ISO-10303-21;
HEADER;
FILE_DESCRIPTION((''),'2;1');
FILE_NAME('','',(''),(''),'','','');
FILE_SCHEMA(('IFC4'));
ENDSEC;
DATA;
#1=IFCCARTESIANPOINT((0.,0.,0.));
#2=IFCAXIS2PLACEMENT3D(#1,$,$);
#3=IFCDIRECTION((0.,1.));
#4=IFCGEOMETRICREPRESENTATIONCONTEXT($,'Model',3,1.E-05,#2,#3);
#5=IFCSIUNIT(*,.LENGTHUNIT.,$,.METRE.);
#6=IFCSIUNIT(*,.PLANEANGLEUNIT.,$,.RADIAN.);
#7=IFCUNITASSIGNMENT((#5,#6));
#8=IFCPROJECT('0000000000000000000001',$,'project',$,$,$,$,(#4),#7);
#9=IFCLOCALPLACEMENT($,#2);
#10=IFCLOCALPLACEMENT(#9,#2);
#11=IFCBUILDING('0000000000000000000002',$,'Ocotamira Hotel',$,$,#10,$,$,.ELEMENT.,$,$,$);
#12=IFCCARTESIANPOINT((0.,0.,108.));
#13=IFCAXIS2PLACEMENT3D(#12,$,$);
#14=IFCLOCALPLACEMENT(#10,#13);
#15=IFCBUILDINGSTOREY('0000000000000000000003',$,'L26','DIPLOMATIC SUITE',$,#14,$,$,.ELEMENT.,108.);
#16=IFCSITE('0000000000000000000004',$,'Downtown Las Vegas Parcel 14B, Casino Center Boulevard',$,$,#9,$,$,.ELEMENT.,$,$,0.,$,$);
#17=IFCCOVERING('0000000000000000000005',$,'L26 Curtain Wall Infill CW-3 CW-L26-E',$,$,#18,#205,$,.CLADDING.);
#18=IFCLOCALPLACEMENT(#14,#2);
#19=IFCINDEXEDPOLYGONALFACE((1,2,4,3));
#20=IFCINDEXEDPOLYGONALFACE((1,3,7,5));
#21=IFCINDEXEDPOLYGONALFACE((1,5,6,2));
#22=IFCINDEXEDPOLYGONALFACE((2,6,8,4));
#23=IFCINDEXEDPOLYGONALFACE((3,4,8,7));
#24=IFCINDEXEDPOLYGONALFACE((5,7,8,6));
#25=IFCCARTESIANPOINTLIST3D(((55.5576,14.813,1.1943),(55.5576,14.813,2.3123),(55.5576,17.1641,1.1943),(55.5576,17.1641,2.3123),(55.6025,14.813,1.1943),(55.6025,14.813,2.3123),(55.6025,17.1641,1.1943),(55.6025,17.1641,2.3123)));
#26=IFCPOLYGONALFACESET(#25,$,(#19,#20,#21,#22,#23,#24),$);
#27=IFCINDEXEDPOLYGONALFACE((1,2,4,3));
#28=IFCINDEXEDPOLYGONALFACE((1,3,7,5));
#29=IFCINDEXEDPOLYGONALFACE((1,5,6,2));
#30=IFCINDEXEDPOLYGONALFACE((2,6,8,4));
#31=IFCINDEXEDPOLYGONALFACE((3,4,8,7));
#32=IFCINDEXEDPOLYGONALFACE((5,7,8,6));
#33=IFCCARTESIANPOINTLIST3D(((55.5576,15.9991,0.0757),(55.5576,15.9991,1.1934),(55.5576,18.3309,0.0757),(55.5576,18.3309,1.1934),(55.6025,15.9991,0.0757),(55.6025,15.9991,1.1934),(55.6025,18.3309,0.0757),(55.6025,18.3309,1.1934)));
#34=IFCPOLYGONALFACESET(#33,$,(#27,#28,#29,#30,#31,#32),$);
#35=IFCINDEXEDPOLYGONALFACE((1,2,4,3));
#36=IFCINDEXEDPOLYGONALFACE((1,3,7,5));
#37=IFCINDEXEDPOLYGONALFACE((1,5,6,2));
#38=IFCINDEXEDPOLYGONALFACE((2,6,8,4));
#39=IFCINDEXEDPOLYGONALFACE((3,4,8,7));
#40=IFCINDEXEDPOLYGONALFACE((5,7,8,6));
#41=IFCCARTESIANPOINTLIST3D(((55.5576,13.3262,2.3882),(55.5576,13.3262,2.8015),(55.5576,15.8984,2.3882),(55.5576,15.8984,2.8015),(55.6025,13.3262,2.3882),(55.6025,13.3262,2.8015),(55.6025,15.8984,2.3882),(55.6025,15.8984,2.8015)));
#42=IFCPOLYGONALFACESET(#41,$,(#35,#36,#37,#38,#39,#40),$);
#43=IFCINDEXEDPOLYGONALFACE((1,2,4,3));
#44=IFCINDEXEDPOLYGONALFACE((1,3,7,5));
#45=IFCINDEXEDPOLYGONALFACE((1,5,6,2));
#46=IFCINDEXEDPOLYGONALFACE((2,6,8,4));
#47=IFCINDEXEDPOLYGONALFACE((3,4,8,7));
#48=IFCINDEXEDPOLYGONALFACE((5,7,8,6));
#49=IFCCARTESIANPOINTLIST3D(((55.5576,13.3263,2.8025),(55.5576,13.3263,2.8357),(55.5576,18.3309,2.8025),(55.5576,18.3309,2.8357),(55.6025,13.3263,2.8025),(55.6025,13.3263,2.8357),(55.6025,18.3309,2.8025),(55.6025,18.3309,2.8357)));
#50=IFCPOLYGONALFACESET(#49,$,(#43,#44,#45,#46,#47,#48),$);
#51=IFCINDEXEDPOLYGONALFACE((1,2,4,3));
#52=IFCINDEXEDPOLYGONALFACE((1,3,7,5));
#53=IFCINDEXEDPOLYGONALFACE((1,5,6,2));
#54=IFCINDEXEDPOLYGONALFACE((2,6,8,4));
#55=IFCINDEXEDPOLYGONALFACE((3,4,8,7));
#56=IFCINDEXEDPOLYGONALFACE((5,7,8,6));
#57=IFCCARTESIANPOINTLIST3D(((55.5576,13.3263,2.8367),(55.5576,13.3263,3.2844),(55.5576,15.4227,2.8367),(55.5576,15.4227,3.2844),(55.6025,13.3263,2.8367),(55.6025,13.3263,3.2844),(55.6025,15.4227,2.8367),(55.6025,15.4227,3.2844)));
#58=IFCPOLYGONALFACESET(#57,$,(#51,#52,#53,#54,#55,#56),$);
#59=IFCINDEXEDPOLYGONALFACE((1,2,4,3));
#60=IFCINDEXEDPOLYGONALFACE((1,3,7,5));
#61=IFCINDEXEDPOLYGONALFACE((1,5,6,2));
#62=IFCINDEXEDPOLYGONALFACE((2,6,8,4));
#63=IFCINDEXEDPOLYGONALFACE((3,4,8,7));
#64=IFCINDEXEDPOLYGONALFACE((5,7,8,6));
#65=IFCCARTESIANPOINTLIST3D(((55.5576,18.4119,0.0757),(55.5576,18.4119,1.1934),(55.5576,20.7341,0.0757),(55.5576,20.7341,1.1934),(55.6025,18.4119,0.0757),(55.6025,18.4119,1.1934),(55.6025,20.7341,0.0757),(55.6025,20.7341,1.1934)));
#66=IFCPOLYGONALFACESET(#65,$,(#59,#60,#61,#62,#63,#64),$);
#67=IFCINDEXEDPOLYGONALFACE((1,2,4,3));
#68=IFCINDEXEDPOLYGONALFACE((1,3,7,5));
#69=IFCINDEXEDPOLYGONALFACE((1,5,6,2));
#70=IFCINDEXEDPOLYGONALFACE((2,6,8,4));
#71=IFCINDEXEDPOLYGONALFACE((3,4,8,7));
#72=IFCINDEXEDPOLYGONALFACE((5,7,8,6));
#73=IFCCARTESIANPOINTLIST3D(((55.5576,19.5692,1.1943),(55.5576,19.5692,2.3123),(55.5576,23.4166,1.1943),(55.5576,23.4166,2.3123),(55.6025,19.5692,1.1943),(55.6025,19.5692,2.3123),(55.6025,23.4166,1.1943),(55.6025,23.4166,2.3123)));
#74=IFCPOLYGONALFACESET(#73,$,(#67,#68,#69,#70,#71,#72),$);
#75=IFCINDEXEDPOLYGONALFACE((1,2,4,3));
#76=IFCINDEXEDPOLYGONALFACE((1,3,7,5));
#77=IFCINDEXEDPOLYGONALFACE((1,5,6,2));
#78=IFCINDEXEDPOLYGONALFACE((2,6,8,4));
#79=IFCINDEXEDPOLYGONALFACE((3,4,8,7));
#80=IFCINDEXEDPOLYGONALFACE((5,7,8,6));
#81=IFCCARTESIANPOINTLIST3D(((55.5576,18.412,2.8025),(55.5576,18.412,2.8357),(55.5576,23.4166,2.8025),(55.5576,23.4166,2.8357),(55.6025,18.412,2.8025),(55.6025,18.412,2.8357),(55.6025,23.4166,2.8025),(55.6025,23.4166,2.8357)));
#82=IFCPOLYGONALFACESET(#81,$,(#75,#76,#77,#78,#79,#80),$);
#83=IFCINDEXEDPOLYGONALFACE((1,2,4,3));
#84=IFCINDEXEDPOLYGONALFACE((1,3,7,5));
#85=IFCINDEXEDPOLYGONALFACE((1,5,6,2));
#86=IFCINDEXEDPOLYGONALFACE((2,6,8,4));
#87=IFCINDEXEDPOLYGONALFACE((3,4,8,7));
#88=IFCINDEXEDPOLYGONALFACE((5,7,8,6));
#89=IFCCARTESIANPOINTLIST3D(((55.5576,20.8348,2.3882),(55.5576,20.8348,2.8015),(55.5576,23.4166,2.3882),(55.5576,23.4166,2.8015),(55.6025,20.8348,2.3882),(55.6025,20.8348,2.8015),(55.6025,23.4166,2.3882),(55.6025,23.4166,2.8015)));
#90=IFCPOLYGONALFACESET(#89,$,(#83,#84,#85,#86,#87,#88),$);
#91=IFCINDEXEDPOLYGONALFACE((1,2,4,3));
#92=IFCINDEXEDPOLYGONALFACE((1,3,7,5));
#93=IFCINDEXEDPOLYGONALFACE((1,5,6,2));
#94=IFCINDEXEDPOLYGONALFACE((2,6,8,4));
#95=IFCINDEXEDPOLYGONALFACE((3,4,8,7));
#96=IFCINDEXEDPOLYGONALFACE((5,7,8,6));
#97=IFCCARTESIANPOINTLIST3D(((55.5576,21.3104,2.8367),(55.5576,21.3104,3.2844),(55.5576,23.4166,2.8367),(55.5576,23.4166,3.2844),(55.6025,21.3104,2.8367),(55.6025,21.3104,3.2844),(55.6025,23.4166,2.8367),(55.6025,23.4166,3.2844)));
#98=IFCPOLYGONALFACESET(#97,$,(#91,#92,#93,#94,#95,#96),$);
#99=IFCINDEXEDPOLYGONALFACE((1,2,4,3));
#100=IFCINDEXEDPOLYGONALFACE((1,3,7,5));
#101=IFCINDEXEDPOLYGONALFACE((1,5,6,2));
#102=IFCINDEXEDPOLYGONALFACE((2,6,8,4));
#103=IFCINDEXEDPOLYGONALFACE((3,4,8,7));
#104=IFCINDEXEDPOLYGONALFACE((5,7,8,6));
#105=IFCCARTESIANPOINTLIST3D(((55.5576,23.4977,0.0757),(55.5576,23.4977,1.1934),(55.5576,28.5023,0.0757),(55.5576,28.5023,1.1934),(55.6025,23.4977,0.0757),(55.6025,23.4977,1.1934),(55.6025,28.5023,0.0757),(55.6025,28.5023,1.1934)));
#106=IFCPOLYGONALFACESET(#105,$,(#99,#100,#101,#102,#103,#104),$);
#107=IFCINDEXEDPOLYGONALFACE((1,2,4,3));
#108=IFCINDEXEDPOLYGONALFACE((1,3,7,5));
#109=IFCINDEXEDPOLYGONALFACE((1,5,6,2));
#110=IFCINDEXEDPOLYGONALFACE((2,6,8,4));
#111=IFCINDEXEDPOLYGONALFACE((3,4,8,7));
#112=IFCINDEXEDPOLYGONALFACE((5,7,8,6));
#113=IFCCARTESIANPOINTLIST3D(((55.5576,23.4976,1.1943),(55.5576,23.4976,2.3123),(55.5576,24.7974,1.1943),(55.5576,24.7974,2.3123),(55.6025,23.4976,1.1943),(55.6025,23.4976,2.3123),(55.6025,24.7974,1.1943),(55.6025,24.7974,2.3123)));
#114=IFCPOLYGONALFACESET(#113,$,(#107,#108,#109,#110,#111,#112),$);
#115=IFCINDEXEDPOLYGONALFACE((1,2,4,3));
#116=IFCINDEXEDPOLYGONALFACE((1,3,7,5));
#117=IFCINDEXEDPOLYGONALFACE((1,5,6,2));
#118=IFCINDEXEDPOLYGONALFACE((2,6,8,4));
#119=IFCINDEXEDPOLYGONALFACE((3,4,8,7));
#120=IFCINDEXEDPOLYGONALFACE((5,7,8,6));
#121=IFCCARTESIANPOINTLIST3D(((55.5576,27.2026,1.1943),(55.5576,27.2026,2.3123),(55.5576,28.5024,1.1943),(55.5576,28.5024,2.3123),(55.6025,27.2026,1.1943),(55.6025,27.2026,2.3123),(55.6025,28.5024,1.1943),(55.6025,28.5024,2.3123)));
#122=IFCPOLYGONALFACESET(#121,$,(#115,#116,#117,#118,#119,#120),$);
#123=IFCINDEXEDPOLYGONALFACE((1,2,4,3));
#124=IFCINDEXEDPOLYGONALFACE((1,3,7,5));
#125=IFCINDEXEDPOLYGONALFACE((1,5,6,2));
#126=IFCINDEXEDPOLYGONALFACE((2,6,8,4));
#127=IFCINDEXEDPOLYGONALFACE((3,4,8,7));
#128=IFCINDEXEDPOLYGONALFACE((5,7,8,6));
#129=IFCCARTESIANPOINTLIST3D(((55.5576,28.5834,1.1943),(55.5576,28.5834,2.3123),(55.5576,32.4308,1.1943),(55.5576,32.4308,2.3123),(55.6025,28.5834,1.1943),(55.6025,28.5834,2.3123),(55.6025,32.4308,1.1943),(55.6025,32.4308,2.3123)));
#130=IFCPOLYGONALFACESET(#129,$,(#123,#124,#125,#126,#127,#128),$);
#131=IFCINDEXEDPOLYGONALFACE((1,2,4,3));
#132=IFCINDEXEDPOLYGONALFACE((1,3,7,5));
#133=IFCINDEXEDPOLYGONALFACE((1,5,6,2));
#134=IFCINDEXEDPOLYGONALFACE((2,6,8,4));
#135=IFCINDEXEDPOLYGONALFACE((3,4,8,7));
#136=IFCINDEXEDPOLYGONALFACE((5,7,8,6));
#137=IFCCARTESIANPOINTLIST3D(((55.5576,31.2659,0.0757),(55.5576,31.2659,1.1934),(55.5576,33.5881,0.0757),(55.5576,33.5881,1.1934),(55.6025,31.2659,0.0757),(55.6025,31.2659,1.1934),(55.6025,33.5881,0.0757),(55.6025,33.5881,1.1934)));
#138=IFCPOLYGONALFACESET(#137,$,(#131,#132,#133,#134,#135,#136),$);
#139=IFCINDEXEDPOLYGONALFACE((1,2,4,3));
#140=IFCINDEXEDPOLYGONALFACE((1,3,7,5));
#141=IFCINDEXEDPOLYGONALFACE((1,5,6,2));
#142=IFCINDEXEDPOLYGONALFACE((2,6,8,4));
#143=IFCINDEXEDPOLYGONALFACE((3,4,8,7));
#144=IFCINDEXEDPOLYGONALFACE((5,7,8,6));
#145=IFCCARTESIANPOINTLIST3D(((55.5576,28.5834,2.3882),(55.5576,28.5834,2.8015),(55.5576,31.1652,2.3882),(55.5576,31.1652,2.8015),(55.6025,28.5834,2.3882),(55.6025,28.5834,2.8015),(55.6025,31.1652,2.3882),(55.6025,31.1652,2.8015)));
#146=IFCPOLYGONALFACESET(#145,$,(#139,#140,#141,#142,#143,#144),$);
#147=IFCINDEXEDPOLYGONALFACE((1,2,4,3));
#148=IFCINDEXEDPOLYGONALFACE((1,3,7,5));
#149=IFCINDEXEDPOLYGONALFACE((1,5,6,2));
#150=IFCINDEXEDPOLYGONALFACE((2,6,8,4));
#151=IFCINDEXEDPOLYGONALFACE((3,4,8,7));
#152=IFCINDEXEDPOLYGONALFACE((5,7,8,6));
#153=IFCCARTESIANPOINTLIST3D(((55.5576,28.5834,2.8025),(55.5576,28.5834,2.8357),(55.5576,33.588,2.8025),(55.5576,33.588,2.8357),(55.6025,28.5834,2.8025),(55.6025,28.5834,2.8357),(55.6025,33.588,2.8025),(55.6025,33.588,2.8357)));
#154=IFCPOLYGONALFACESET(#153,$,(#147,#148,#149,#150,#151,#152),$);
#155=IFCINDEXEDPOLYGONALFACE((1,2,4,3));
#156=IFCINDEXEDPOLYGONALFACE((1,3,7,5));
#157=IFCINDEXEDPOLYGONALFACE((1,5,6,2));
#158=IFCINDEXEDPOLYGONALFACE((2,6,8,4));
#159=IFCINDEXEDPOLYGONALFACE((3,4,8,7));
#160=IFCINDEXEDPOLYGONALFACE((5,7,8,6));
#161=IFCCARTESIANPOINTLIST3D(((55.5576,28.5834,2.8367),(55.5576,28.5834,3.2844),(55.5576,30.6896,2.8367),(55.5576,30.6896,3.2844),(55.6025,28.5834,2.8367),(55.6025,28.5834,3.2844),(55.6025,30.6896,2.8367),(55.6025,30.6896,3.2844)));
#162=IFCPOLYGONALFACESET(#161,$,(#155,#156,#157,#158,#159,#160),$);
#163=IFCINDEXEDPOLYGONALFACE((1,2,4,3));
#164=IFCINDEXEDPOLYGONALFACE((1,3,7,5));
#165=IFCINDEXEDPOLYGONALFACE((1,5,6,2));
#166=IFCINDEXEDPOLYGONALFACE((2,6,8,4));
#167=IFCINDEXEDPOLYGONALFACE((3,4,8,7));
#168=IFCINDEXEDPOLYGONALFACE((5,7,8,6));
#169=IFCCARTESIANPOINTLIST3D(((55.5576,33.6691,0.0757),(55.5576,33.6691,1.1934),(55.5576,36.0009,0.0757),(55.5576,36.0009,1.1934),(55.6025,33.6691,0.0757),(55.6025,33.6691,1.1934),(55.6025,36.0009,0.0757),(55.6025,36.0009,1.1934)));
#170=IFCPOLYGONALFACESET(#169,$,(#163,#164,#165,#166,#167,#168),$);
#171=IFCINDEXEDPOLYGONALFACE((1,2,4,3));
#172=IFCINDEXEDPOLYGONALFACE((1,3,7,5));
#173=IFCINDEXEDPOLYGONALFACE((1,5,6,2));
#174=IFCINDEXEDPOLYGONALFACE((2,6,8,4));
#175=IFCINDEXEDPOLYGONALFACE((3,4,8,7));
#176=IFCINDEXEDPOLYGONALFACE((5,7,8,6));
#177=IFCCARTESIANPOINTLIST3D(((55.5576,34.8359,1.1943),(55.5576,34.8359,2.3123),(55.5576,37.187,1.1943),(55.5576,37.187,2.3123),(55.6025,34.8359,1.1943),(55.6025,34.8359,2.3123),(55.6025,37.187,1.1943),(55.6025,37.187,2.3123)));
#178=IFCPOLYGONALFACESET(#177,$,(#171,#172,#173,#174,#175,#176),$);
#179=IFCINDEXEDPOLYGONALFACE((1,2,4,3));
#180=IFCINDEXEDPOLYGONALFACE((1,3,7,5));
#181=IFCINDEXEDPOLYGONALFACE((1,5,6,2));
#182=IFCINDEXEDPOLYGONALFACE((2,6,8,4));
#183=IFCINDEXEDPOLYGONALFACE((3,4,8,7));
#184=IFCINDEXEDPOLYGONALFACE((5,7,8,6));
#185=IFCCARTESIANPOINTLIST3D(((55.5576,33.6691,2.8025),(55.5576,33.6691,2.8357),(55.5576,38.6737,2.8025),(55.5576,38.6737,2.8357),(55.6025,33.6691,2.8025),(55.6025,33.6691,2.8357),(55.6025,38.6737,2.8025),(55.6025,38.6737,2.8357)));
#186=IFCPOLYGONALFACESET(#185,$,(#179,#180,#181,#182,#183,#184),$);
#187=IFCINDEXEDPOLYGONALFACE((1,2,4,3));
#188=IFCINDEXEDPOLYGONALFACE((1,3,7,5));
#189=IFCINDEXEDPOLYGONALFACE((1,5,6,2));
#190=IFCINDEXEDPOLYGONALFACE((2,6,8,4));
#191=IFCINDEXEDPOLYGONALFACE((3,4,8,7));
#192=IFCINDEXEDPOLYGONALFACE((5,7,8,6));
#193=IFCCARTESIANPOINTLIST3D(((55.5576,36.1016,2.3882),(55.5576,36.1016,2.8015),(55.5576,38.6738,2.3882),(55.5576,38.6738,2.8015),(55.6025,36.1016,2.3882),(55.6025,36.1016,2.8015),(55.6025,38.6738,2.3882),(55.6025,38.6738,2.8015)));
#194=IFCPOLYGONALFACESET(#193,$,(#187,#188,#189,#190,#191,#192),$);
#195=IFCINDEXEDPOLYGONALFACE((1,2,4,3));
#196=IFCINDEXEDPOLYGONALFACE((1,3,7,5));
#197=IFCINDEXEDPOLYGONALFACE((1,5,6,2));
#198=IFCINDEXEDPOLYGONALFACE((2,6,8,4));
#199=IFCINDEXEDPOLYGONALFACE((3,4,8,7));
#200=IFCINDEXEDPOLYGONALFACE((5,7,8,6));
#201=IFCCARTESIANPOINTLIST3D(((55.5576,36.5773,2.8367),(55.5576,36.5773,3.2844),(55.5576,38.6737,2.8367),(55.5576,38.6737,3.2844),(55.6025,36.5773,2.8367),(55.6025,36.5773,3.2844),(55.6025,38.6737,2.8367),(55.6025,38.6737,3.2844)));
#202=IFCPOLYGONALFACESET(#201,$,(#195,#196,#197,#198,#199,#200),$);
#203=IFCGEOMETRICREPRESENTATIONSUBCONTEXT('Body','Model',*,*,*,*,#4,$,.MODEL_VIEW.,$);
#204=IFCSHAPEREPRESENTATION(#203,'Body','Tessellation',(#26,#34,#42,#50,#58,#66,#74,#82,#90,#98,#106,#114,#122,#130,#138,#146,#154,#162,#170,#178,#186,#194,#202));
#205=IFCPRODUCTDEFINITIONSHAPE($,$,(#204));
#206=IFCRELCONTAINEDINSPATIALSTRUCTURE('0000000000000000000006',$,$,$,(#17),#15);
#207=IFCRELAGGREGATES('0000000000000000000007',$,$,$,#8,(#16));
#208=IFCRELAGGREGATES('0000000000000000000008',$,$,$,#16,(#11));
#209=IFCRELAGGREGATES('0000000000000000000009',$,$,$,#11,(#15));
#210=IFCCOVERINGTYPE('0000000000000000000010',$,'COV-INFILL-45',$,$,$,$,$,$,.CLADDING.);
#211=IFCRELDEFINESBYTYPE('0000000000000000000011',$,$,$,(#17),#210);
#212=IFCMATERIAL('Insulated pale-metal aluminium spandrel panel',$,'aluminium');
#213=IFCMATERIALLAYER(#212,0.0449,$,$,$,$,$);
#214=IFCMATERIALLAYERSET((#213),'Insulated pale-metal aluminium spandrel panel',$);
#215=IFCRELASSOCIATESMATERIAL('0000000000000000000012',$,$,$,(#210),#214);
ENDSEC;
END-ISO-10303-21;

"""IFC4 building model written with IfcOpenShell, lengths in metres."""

from ifc_helpers import new_model, si_unit, direction, frame, origin, origin_2d, place, context, subcontext, project, spatial, rectangle, extrude, material, layer, layer_set, type_object, element, save


model = new_model("IFC4")

# Units and contexts
model_context = context("Model", 3, precision=1e-05, world=origin(), true_north=direction((0.0, 1.0)))
body_context = subcontext(model_context, "Body", "Model", "MODEL_VIEW")
ifc_project = project(units=[si_unit("LENGTHUNIT", "METRE"), si_unit("PLANEANGLEUNIT", "RADIAN")], contexts=[model_context])

# Site, building, storey
site_placement = place(None, origin())
site = spatial("IfcSite", under=ifc_project, at=site_placement, Name="Downtown Las Vegas Parcel 14B, Casino Center Boulevard", CompositionType="ELEMENT", RefElevation=0.0)
building_placement = place(site_placement, origin())
building = spatial("IfcBuilding", under=site, at=building_placement, Name="Ocotamira Hotel", CompositionType="ELEMENT")
storey_placement = place(building_placement, frame((0.0, 0.0, 108.0)))
storey = spatial("IfcBuildingStorey", under=building, at=storey_placement, Name="L26", Description="DIPLOMATIC SUITE", CompositionType="ELEMENT", Elevation=108.0)

# Covering
ifc_material_1 = material(Name="Insulated pale-metal aluminium spandrel panel", Category="aluminium")
ifc_layer_1 = layer(ifc_material_1, 0.0449)
ifc_layer_set_1 = layer_set([ifc_layer_1], Name="Insulated pale-metal aluminium spandrel panel")
covering_type_1 = type_object("IfcCoveringType", Name="COV-INFILL-45", PredefinedType="CLADDING", material=ifc_layer_set_1)
covering_1_placement = place(storey_placement, origin())
element("IfcCovering", 1, at=covering_1_placement, inside=storey, type_object=covering_type_1, Name="L26 Curtain Wall Infill CW-3 CW-L26-E", PredefinedType="CLADDING", context=body_context, shape_type="SweptSolid", body=[
    extrude(rectangle(XDim=2.3511, YDim=0.0449, at=origin_2d()), frame((55.5801, 15.9885, 1.1943), z_axis=(0.0, 0.0, 1.0), x_axis=(0.0, 1.0, 0.0)), (0.0, 0.0, 1.0), 1.1179),
    extrude(rectangle(XDim=2.3318, YDim=0.0449, at=origin_2d()), frame((55.5801, 17.165, 0.0757), z_axis=(0.0, 0.0, 1.0), x_axis=(0.0, 1.0, 0.0)), (0.0, 0.0, 1.0), 1.1177),
    extrude(rectangle(XDim=2.5723, YDim=0.0449, at=origin_2d()), frame((55.5801, 14.6123, 2.3882), z_axis=(0.0, 0.0, 1.0), x_axis=(0.0, 1.0, 0.0)), (0.0, 0.0, 1.0), 0.4133),
    extrude(rectangle(XDim=5.0046, YDim=0.0449, at=origin_2d()), frame((55.5801, 15.8286, 2.8025), z_axis=(0.0, 0.0, 1.0), x_axis=(0.0, 1.0, 0.0)), (0.0, 0.0, 1.0), 0.0332),
    extrude(rectangle(XDim=2.0964, YDim=0.0449, at=origin_2d()), frame((55.5801, 14.3745, 2.8367), z_axis=(0.0, 0.0, 1.0), x_axis=(0.0, 1.0, 0.0)), (0.0, 0.0, 1.0), 0.4478),
    extrude(rectangle(XDim=2.3223, YDim=0.0449, at=origin_2d()), frame((55.5801, 19.573, 0.0757), z_axis=(0.0, 0.0, 1.0), x_axis=(0.0, 1.0, 0.0)), (0.0, 0.0, 1.0), 1.1177),
    extrude(rectangle(XDim=3.8474, YDim=0.0449, at=origin_2d()), frame((55.5801, 21.4929, 1.1943), z_axis=(0.0, 0.0, 1.0), x_axis=(0.0, 1.0, 0.0)), (0.0, 0.0, 1.0), 1.1179),
    extrude(rectangle(XDim=5.0046, YDim=0.0449, at=origin_2d()), frame((55.5801, 20.9143, 2.8025), z_axis=(0.0, 0.0, 1.0), x_axis=(0.0, 1.0, 0.0)), (0.0, 0.0, 1.0), 0.0332),
    extrude(rectangle(XDim=2.5818, YDim=0.0449, at=origin_2d()), frame((55.5801, 22.1257, 2.3882), z_axis=(0.0, 0.0, 1.0), x_axis=(0.0, 1.0, 0.0)), (0.0, 0.0, 1.0), 0.4133),
    extrude(rectangle(XDim=2.1062, YDim=0.0449, at=origin_2d()), frame((55.5801, 22.3635, 2.8367), z_axis=(0.0, 0.0, 1.0), x_axis=(0.0, 1.0, 0.0)), (0.0, 0.0, 1.0), 0.4478),
    extrude(rectangle(XDim=5.0046, YDim=0.0449, at=origin_2d()), frame((55.5801, 26.0, 0.0757), z_axis=(0.0, 0.0, 1.0), x_axis=(0.0, 1.0, 0.0)), (0.0, 0.0, 1.0), 1.1177),
    extrude(rectangle(XDim=1.2998, YDim=0.0449, at=origin_2d()), frame((55.5801, 24.1475, 1.1943), z_axis=(0.0, 0.0, 1.0), x_axis=(0.0, 1.0, 0.0)), (0.0, 0.0, 1.0), 1.1179),
    extrude(rectangle(XDim=1.2998, YDim=0.0449, at=origin_2d()), frame((55.5801, 27.8525, 1.1943), z_axis=(0.0, 0.0, 1.0), x_axis=(0.0, 1.0, 0.0)), (0.0, 0.0, 1.0), 1.1179),
    extrude(rectangle(XDim=3.8474, YDim=0.0449, at=origin_2d()), frame((55.5801, 30.5071, 1.1943), z_axis=(0.0, 0.0, 1.0), x_axis=(0.0, 1.0, 0.0)), (0.0, 0.0, 1.0), 1.1179),
    extrude(rectangle(XDim=2.3223, YDim=0.0449, at=origin_2d()), frame((55.5801, 32.427, 0.0757), z_axis=(0.0, 0.0, 1.0), x_axis=(0.0, 1.0, 0.0)), (0.0, 0.0, 1.0), 1.1177),
    extrude(rectangle(XDim=2.5818, YDim=0.0449, at=origin_2d()), frame((55.5801, 29.8743, 2.3882), z_axis=(0.0, 0.0, 1.0), x_axis=(0.0, 1.0, 0.0)), (0.0, 0.0, 1.0), 0.4133),
    extrude(rectangle(XDim=5.0046, YDim=0.0449, at=origin_2d()), frame((55.5801, 31.0857, 2.8025), z_axis=(0.0, 0.0, 1.0), x_axis=(0.0, 1.0, 0.0)), (0.0, 0.0, 1.0), 0.0332),
    extrude(rectangle(XDim=2.1062, YDim=0.0449, at=origin_2d()), frame((55.5801, 29.6365, 2.8367), z_axis=(0.0, 0.0, 1.0), x_axis=(0.0, 1.0, 0.0)), (0.0, 0.0, 1.0), 0.4478),
    extrude(rectangle(XDim=2.3318, YDim=0.0449, at=origin_2d()), frame((55.5801, 34.835, 0.0757), z_axis=(0.0, 0.0, 1.0), x_axis=(0.0, 1.0, 0.0)), (0.0, 0.0, 1.0), 1.1177),
    extrude(rectangle(XDim=2.3511, YDim=0.0449, at=origin_2d()), frame((55.5801, 36.0115, 1.1943), z_axis=(0.0, 0.0, 1.0), x_axis=(0.0, 1.0, 0.0)), (0.0, 0.0, 1.0), 1.1179),
    extrude(rectangle(XDim=5.0046, YDim=0.0449, at=origin_2d()), frame((55.5801, 36.1714, 2.8025), z_axis=(0.0, 0.0, 1.0), x_axis=(0.0, 1.0, 0.0)), (0.0, 0.0, 1.0), 0.0332),
    extrude(rectangle(XDim=2.5723, YDim=0.0449, at=origin_2d()), frame((55.5801, 37.3877, 2.3882), z_axis=(0.0, 0.0, 1.0), x_axis=(0.0, 1.0, 0.0)), (0.0, 0.0, 1.0), 0.4133),
    extrude(rectangle(XDim=2.0964, YDim=0.0449, at=origin_2d()), frame((55.5801, 37.6255, 2.8367), z_axis=(0.0, 0.0, 1.0), x_axis=(0.0, 1.0, 0.0)), (0.0, 0.0, 1.0), 0.4478),
])

save(model, "model.ifc")
